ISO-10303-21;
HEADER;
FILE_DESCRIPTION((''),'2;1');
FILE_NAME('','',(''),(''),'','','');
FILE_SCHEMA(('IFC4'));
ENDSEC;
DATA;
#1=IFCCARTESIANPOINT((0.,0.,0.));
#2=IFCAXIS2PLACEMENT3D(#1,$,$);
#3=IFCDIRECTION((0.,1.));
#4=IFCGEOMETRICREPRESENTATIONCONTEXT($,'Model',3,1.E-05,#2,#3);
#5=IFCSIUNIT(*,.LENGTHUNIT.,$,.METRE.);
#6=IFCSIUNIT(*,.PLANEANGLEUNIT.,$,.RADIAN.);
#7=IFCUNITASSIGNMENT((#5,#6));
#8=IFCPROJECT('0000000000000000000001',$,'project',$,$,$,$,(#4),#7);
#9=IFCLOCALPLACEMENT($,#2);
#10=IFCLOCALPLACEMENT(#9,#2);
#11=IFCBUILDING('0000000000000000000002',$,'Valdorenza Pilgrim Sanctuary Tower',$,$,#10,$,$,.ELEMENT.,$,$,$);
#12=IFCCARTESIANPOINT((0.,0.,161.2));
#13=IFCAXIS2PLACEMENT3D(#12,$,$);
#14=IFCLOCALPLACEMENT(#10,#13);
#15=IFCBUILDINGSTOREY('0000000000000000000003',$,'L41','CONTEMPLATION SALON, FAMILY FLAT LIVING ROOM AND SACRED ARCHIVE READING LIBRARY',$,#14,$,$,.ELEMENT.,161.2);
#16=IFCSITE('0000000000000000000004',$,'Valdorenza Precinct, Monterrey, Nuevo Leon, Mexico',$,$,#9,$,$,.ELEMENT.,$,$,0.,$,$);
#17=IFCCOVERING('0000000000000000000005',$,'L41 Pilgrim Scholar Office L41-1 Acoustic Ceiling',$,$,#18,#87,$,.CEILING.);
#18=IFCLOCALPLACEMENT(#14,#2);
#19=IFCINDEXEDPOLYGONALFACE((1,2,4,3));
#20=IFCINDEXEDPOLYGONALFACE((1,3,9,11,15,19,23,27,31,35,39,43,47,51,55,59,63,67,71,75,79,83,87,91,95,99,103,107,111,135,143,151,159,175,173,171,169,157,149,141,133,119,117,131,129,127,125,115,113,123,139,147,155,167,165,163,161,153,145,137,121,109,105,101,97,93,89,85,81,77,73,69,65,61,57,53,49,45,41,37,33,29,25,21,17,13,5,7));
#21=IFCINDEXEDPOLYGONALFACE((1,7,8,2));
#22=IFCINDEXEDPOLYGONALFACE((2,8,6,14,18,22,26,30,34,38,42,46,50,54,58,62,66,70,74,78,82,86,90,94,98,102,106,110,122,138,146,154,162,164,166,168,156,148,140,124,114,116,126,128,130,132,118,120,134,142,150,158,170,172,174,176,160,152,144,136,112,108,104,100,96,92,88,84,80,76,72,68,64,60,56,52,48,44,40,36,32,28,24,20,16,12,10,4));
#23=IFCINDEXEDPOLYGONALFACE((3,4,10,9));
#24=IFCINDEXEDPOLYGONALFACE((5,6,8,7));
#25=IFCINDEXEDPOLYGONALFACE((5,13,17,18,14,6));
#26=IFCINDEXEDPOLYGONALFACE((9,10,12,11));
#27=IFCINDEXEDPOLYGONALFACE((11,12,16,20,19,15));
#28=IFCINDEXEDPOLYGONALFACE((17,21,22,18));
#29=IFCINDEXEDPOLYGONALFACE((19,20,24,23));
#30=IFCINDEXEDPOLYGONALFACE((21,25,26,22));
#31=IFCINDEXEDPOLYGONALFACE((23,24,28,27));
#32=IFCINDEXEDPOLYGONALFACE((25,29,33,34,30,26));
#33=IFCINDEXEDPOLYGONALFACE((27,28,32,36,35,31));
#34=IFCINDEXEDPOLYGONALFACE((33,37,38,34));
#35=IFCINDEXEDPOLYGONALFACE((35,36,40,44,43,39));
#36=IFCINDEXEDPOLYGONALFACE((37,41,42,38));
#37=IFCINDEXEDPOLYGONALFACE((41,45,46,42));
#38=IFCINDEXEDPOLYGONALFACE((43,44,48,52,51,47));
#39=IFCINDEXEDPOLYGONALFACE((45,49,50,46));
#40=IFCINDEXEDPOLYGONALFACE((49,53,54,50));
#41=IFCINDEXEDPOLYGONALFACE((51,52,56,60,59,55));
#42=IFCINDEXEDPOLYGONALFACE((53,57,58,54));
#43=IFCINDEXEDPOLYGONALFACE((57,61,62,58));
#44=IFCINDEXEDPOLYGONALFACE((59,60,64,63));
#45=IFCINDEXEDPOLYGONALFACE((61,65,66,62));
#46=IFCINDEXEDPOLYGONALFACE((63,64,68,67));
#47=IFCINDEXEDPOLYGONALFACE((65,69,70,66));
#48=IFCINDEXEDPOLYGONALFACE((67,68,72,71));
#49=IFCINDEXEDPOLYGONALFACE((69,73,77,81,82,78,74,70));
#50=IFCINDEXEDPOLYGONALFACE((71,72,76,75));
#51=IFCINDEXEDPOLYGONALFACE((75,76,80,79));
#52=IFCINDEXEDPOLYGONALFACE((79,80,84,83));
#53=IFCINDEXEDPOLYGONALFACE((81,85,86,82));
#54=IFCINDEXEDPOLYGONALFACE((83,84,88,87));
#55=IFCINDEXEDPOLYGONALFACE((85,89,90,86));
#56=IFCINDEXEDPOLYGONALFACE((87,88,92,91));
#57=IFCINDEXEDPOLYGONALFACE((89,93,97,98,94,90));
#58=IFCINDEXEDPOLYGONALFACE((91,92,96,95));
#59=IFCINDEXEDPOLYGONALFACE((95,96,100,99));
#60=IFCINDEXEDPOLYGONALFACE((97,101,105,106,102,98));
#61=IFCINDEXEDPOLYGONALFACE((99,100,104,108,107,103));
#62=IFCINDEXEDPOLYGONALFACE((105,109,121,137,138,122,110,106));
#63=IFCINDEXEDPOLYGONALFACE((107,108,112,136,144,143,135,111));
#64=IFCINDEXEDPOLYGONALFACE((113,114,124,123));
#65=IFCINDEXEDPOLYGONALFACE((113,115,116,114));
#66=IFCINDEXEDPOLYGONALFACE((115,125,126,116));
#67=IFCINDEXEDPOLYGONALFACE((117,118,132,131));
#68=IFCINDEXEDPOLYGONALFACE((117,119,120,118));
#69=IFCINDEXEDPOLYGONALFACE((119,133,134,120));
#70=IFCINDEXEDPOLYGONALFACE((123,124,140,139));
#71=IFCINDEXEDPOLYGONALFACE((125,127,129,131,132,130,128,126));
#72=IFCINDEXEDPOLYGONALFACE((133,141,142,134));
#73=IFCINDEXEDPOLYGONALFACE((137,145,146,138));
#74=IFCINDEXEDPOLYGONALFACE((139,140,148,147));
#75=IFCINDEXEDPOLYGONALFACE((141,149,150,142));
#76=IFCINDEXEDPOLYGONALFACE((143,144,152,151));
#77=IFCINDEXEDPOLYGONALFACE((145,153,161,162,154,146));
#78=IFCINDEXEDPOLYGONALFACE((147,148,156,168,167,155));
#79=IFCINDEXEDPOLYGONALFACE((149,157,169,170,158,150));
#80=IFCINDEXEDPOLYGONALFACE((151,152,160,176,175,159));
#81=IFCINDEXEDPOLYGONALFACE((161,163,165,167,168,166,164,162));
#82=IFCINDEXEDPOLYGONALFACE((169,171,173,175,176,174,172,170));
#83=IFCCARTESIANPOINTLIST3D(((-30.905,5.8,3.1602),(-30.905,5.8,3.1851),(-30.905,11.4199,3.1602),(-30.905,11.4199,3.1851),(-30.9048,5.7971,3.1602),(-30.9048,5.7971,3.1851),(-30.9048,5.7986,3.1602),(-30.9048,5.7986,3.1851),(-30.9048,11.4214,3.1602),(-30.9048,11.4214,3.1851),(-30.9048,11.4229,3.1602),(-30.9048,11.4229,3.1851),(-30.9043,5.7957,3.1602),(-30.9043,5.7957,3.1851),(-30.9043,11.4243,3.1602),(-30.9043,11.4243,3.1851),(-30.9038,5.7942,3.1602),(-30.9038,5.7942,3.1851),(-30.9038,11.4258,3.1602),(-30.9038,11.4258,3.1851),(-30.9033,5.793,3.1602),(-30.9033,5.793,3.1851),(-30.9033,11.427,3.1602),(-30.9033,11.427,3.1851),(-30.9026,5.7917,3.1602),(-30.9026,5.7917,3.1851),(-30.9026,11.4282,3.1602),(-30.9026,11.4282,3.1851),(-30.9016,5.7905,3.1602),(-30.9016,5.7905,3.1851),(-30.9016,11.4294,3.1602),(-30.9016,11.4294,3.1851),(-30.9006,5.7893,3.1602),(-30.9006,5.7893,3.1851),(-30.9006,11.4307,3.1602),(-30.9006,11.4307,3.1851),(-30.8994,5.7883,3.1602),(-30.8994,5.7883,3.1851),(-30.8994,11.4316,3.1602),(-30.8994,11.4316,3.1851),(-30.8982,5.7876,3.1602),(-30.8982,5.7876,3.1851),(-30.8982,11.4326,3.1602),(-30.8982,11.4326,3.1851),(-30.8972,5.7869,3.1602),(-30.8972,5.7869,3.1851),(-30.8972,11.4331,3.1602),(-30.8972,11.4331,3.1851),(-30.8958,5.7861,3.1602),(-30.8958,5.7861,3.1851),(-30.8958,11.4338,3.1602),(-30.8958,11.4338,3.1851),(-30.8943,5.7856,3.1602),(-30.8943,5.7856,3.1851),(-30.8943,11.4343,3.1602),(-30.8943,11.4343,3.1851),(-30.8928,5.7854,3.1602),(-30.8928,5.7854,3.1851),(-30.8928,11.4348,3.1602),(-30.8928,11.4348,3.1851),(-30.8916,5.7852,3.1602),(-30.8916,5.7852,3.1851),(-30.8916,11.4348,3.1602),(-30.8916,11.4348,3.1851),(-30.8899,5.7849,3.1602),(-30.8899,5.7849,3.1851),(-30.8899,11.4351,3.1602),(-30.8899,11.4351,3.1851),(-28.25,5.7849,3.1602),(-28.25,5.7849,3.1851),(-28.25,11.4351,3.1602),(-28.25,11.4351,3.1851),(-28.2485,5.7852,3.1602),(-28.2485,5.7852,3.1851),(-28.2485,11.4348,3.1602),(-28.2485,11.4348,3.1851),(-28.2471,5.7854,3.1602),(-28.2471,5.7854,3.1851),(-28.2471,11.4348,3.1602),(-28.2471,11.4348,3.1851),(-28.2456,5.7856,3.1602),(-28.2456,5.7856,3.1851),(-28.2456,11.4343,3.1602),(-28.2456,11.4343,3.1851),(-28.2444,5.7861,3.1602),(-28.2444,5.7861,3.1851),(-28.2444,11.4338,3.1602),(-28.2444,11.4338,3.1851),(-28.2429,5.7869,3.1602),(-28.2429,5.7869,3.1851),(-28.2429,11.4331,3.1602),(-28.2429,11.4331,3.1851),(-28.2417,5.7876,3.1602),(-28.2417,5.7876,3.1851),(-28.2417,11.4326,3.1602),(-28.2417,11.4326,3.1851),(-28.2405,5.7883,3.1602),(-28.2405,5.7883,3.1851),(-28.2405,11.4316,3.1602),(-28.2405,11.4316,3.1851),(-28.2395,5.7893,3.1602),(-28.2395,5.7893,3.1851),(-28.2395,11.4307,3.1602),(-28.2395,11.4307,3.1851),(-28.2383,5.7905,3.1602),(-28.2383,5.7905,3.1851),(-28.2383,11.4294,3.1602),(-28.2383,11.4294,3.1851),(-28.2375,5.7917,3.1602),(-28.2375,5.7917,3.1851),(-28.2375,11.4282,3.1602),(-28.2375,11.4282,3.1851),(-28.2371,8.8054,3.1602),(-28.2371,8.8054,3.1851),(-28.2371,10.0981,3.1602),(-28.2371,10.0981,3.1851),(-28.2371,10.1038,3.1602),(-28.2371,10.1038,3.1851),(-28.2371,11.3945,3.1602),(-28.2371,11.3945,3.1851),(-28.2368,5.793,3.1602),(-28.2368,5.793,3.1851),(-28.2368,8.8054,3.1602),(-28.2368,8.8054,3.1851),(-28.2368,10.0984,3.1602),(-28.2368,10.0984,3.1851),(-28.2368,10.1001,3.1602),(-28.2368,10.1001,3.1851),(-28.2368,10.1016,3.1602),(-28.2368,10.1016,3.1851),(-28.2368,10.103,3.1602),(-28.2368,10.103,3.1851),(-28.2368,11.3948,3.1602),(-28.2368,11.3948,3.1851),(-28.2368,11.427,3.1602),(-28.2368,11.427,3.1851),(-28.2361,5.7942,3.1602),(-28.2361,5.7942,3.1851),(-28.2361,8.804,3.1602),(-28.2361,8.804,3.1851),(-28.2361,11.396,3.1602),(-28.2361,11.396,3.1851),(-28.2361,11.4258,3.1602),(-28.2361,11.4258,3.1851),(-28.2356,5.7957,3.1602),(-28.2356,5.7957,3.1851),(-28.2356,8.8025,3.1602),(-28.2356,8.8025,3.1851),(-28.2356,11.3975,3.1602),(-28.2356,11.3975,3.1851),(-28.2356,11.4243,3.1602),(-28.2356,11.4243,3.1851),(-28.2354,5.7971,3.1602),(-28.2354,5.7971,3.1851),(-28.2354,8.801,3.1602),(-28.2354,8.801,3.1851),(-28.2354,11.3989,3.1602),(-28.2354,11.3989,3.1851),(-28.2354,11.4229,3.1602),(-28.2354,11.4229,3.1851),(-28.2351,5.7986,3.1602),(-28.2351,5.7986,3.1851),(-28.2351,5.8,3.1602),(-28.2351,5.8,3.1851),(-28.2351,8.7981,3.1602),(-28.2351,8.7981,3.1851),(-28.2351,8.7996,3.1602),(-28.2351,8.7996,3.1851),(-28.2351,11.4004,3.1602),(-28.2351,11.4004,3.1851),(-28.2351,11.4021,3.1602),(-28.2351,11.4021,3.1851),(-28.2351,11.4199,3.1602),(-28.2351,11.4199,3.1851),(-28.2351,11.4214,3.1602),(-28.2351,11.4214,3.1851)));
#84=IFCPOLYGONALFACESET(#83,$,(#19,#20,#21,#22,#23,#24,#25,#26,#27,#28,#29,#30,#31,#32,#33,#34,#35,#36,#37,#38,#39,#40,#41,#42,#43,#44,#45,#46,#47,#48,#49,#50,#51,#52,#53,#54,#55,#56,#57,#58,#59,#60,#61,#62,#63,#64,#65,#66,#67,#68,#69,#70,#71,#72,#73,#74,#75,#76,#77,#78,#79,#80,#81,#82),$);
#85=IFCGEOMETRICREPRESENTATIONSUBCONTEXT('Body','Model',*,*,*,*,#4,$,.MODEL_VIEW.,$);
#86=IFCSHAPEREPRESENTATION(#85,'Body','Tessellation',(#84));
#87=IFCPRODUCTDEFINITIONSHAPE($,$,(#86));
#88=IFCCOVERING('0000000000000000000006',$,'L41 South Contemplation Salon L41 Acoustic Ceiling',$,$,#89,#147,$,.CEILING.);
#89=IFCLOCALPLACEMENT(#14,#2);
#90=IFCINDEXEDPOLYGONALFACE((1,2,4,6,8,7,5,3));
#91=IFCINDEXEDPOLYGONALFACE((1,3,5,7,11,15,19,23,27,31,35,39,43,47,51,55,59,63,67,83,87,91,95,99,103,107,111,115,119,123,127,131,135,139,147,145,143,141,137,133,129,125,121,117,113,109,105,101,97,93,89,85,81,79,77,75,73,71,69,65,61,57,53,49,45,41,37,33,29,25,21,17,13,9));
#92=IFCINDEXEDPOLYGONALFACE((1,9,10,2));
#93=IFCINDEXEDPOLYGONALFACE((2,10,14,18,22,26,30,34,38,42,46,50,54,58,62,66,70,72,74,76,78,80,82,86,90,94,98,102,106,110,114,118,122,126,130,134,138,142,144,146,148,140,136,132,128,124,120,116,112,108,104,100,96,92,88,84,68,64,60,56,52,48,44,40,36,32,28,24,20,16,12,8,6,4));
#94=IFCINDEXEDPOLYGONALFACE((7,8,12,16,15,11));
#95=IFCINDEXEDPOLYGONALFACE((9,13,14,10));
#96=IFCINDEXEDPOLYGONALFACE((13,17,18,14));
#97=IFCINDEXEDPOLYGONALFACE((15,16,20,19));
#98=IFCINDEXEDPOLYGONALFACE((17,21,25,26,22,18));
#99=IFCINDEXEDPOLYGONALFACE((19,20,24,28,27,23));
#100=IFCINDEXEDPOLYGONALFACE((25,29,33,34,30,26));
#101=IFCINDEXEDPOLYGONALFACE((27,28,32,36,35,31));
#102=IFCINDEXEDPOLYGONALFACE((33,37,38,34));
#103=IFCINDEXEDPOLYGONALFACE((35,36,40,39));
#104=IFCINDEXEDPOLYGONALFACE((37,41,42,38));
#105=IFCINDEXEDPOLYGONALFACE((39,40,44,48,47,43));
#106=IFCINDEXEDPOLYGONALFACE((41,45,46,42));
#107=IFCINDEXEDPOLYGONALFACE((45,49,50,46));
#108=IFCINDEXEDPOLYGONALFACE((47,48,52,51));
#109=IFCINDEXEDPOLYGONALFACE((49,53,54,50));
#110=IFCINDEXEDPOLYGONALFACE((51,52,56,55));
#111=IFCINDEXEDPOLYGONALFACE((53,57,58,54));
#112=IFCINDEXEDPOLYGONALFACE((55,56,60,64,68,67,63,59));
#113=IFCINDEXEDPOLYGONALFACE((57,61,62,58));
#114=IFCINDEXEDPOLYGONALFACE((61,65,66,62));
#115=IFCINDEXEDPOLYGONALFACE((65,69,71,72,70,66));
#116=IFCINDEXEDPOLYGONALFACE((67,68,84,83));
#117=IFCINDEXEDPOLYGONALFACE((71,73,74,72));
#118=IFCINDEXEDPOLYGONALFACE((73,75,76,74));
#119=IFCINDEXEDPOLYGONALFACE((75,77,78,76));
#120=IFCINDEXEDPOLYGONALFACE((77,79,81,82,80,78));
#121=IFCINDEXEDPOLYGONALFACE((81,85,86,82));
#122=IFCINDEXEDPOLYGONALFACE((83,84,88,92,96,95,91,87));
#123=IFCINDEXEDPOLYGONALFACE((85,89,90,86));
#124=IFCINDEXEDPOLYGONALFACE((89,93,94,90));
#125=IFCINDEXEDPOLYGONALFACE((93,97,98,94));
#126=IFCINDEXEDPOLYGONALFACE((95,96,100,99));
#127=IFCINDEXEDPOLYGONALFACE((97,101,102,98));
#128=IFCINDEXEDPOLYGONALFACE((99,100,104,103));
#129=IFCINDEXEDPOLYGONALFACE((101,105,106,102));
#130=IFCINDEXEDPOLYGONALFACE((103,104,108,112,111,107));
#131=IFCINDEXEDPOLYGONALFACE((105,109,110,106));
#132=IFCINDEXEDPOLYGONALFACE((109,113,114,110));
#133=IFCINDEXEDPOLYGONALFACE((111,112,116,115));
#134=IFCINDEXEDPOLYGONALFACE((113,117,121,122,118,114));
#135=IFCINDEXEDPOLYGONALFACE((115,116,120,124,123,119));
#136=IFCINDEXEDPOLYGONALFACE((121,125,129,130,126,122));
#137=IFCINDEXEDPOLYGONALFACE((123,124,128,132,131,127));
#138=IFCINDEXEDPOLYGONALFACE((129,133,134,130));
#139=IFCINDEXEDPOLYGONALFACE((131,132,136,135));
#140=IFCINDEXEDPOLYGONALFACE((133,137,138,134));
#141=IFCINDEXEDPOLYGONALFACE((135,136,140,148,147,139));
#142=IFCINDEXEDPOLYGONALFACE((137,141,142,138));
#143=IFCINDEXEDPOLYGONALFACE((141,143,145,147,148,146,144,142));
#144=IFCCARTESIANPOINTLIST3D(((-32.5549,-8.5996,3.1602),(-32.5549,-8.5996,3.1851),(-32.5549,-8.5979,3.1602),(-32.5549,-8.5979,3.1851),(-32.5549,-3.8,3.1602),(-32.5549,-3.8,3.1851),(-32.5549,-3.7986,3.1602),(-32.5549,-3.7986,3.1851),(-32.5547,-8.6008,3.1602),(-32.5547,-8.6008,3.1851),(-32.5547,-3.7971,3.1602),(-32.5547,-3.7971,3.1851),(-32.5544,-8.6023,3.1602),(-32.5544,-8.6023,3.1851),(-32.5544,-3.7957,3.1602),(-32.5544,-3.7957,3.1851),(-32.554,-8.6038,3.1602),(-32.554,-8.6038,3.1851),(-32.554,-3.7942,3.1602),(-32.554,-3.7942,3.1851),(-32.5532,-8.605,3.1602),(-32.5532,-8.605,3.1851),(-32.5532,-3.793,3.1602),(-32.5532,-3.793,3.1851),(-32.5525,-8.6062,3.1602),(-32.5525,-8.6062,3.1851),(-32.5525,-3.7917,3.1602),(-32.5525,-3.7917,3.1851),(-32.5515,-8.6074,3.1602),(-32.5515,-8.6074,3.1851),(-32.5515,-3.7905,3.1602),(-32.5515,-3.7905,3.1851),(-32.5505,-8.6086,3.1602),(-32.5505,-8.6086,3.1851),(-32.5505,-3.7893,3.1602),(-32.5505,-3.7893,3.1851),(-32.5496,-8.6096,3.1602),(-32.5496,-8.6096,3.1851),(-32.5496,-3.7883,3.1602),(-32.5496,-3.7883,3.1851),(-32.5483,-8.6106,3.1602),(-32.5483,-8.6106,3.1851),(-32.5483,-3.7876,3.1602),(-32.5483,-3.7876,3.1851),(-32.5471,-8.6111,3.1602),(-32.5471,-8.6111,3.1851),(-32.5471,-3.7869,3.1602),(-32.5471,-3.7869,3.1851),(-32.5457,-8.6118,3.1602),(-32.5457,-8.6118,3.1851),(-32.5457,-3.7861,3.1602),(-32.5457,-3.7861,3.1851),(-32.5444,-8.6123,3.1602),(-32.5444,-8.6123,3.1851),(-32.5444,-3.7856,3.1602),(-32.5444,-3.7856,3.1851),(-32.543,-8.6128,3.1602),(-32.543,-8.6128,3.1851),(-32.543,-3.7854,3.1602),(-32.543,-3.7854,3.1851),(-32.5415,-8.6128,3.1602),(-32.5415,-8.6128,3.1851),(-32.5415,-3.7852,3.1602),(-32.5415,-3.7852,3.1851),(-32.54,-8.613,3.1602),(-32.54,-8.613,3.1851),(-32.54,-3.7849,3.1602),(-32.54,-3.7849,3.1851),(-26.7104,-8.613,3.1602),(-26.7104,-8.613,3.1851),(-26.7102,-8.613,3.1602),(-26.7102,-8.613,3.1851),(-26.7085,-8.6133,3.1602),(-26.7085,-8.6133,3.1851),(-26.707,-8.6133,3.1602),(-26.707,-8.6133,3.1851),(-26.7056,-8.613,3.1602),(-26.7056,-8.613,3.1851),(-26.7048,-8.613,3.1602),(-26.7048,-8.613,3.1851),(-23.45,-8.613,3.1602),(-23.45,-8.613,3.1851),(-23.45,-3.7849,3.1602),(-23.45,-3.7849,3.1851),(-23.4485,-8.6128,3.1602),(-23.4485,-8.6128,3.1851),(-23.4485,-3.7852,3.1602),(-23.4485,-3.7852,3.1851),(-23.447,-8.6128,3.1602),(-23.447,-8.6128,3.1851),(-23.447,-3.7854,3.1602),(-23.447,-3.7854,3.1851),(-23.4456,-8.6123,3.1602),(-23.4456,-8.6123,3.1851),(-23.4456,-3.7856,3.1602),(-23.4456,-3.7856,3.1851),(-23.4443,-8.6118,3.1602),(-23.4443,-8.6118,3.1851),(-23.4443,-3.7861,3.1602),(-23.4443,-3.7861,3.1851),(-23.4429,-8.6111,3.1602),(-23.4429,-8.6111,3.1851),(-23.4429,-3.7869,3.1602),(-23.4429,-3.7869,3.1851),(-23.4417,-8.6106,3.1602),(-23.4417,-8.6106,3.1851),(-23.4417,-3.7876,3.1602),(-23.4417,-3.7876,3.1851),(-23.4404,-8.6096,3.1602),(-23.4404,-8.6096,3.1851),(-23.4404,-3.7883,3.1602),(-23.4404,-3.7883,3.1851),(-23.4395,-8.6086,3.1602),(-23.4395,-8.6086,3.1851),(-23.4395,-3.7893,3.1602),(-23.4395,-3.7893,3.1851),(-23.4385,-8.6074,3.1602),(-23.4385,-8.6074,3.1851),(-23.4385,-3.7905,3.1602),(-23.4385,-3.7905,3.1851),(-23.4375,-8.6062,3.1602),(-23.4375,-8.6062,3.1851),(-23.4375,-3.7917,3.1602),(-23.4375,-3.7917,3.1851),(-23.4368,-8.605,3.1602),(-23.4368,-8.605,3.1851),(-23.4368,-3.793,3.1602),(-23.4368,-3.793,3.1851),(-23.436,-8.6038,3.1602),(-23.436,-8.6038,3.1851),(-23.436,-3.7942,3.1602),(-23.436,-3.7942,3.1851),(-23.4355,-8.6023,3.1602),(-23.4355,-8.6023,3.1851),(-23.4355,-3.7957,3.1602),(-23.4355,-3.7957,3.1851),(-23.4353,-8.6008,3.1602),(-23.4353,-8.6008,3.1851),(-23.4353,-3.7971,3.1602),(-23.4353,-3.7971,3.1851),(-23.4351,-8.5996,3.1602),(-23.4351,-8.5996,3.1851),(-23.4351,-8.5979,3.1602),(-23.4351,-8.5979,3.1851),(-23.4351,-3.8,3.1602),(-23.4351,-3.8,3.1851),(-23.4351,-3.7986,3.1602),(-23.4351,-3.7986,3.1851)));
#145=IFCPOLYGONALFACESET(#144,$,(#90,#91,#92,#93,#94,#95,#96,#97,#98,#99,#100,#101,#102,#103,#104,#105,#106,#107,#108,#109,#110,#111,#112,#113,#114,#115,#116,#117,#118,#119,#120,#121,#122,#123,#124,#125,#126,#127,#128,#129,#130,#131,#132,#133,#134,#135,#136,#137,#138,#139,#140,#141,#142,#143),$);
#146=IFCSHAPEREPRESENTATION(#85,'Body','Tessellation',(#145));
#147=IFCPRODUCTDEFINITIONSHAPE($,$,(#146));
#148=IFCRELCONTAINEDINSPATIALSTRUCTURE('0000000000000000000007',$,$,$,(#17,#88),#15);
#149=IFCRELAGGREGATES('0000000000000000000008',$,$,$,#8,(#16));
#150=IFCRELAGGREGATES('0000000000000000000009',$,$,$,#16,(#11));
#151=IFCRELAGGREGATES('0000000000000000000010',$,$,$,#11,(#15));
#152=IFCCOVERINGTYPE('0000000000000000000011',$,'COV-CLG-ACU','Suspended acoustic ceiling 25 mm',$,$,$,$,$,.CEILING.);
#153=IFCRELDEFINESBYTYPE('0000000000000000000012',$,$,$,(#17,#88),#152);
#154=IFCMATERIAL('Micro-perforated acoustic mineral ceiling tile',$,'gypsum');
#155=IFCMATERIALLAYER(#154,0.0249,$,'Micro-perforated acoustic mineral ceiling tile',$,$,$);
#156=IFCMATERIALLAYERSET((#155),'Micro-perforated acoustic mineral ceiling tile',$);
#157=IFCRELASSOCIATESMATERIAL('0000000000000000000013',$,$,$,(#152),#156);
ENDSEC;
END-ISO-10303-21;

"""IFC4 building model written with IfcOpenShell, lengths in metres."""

from ifc_helpers import new_model, si_unit, direction, frame, origin, place, context, subcontext, project, spatial, polyline, outline, extrude, material, layer, layer_set, type_object, element, save


model = new_model("IFC4")

# Units and contexts
model_context = context("Model", 3, precision=1e-05, world=origin(), true_north=direction((0.0, 1.0)))
body_context = subcontext(model_context, "Body", "Model", "MODEL_VIEW")
ifc_project = project(units=[si_unit("LENGTHUNIT", "METRE"), si_unit("PLANEANGLEUNIT", "RADIAN")], contexts=[model_context])

# Site, building, storey
site_placement = place(None, origin())
site = spatial("IfcSite", under=ifc_project, at=site_placement, Name="Valdorenza Precinct, Monterrey, Nuevo Leon, Mexico", CompositionType="ELEMENT", RefElevation=0.0)
building_placement = place(site_placement, origin())
building = spatial("IfcBuilding", under=site, at=building_placement, Name="Valdorenza Pilgrim Sanctuary Tower", CompositionType="ELEMENT")
storey_placement = place(building_placement, frame((0.0, 0.0, 161.2)))
storey = spatial("IfcBuildingStorey", under=building, at=storey_placement, Name="L41", Description="CONTEMPLATION SALON, FAMILY FLAT LIVING ROOM AND SACRED ARCHIVE READING LIBRARY", CompositionType="ELEMENT", Elevation=161.2)

# Coverings
ifc_material_1 = material(Name="Micro-perforated acoustic mineral ceiling tile", Category="gypsum")
ifc_layer_1 = layer(ifc_material_1, 0.0249, Name="Micro-perforated acoustic mineral ceiling tile")
ifc_layer_set_1 = layer_set([ifc_layer_1], Name="Micro-perforated acoustic mineral ceiling tile")
covering_type_1 = type_object("IfcCoveringType", Name="COV-CLG-ACU", Description="Suspended acoustic ceiling 25 mm", PredefinedType="CEILING", material=ifc_layer_set_1)
covering_1_placement = place(storey_placement, frame((0.0, 0.0, 3.1602)))
element("IfcCovering", 1, at=covering_1_placement, inside=storey, type_object=covering_type_1, Name="L41 Pilgrim Scholar Office L41-1 Acoustic Ceiling", PredefinedType="CEILING", context=body_context, shape_type="SweptSolid", body=[
    extrude(outline(polyline([(-28.2371, 8.8054), (-28.2368, 8.8054), (-28.2361, 8.804), (-28.2356, 8.8025), (-28.2354, 8.801), (-28.2351, 8.7996), (-28.2351, 8.7981), (-28.2351, 5.8), (-28.2351, 5.7986), (-28.2354, 5.7971), (-28.2356, 5.7957), (-28.2361, 5.7942), (-28.2368, 5.793), (-28.2375, 5.7917), (-28.2383, 5.7905), (-28.2395, 5.7893), (-28.2405, 5.7883), (-28.2417, 5.7876), (-28.2429, 5.7869), (-28.2444, 5.7861), (-28.2456, 5.7856), (-28.2471, 5.7854), (-28.2485, 5.7852), (-28.25, 5.7849), (-30.8899, 5.7849), (-30.8916, 5.7852), (-30.8928, 5.7854), (-30.8943, 5.7856), (-30.8958, 5.7861), (-30.8972, 5.7869), (-30.8982, 5.7876), (-30.8994, 5.7883), (-30.9006, 5.7893), (-30.9016, 5.7905), (-30.9026, 5.7917), (-30.9033, 5.793), (-30.9038, 5.7942), (-30.9043, 5.7957), (-30.9048, 5.7971), (-30.9048, 5.7986), (-30.905, 5.8), (-30.905, 11.4199), (-30.9048, 11.4214), (-30.9048, 11.4229), (-30.9043, 11.4243), (-30.9038, 11.4258), (-30.9033, 11.427), (-30.9026, 11.4282), (-30.9016, 11.4294), (-30.9006, 11.4307), (-30.8994, 11.4316), (-30.8982, 11.4326), (-30.8972, 11.4331), (-30.8958, 11.4338), (-30.8943, 11.4343), (-30.8928, 11.4348), (-30.8916, 11.4348), (-30.8899, 11.4351), (-28.25, 11.4351), (-28.2485, 11.4348), (-28.2471, 11.4348), (-28.2456, 11.4343), (-28.2444, 11.4338), (-28.2429, 11.4331), (-28.2417, 11.4326), (-28.2405, 11.4316), (-28.2395, 11.4307), (-28.2383, 11.4294), (-28.2375, 11.4282), (-28.2368, 11.427), (-28.2361, 11.4258), (-28.2356, 11.4243), (-28.2354, 11.4229), (-28.2351, 11.4214), (-28.2351, 11.4199), (-28.2351, 11.4021), (-28.2351, 11.4004), (-28.2354, 11.3989), (-28.2356, 11.3975), (-28.2361, 11.396), (-28.2368, 11.3948), (-28.2371, 11.3945), (-28.2371, 10.1038), (-28.2368, 10.103), (-28.2368, 10.1016), (-28.2368, 10.1001), (-28.2368, 10.0984), (-28.2371, 10.0981), (-28.2371, 8.8054)])), origin(), (0.0, 0.0, 1.0), 0.0249),
])
covering_2_placement = place(storey_placement, frame((0.0, 0.0, 3.1602)))
element("IfcCovering", 2, at=covering_2_placement, inside=storey, type_object=covering_type_1, Name="L41 South Contemplation Salon L41 Acoustic Ceiling", PredefinedType="CEILING", context=body_context, shape_type="SweptSolid", body=[
    extrude(outline(polyline([(-26.7104, -8.613), (-32.54, -8.613), (-32.5415, -8.6128), (-32.543, -8.6128), (-32.5444, -8.6123), (-32.5457, -8.6118), (-32.5471, -8.6111), (-32.5483, -8.6106), (-32.5496, -8.6096), (-32.5505, -8.6086), (-32.5515, -8.6074), (-32.5525, -8.6062), (-32.5532, -8.605), (-32.554, -8.6038), (-32.5544, -8.6023), (-32.5547, -8.6008), (-32.5549, -8.5996), (-32.5549, -8.5979), (-32.5549, -3.8), (-32.5549, -3.7986), (-32.5547, -3.7971), (-32.5544, -3.7957), (-32.554, -3.7942), (-32.5532, -3.793), (-32.5525, -3.7917), (-32.5515, -3.7905), (-32.5505, -3.7893), (-32.5496, -3.7883), (-32.5483, -3.7876), (-32.5471, -3.7869), (-32.5457, -3.7861), (-32.5444, -3.7856), (-32.543, -3.7854), (-32.5415, -3.7852), (-32.54, -3.7849), (-23.45, -3.7849), (-23.4485, -3.7852), (-23.447, -3.7854), (-23.4456, -3.7856), (-23.4443, -3.7861), (-23.4429, -3.7869), (-23.4417, -3.7876), (-23.4404, -3.7883), (-23.4395, -3.7893), (-23.4385, -3.7905), (-23.4375, -3.7917), (-23.4368, -3.793), (-23.436, -3.7942), (-23.4355, -3.7957), (-23.4353, -3.7971), (-23.4351, -3.7986), (-23.4351, -3.8), (-23.4351, -8.5979), (-23.4351, -8.5996), (-23.4353, -8.6008), (-23.4355, -8.6023), (-23.436, -8.6038), (-23.4368, -8.605), (-23.4375, -8.6062), (-23.4385, -8.6074), (-23.4395, -8.6086), (-23.4404, -8.6096), (-23.4417, -8.6106), (-23.4429, -8.6111), (-23.4443, -8.6118), (-23.4456, -8.6123), (-23.447, -8.6128), (-23.4485, -8.6128), (-23.45, -8.613), (-26.7048, -8.613), (-26.7056, -8.613), (-26.707, -8.6133), (-26.7085, -8.6133), (-26.7102, -8.613), (-26.7104, -8.613)])), origin(), (0.0, 0.0, 1.0), 0.0249),
])

save(model, "model.ifc")
